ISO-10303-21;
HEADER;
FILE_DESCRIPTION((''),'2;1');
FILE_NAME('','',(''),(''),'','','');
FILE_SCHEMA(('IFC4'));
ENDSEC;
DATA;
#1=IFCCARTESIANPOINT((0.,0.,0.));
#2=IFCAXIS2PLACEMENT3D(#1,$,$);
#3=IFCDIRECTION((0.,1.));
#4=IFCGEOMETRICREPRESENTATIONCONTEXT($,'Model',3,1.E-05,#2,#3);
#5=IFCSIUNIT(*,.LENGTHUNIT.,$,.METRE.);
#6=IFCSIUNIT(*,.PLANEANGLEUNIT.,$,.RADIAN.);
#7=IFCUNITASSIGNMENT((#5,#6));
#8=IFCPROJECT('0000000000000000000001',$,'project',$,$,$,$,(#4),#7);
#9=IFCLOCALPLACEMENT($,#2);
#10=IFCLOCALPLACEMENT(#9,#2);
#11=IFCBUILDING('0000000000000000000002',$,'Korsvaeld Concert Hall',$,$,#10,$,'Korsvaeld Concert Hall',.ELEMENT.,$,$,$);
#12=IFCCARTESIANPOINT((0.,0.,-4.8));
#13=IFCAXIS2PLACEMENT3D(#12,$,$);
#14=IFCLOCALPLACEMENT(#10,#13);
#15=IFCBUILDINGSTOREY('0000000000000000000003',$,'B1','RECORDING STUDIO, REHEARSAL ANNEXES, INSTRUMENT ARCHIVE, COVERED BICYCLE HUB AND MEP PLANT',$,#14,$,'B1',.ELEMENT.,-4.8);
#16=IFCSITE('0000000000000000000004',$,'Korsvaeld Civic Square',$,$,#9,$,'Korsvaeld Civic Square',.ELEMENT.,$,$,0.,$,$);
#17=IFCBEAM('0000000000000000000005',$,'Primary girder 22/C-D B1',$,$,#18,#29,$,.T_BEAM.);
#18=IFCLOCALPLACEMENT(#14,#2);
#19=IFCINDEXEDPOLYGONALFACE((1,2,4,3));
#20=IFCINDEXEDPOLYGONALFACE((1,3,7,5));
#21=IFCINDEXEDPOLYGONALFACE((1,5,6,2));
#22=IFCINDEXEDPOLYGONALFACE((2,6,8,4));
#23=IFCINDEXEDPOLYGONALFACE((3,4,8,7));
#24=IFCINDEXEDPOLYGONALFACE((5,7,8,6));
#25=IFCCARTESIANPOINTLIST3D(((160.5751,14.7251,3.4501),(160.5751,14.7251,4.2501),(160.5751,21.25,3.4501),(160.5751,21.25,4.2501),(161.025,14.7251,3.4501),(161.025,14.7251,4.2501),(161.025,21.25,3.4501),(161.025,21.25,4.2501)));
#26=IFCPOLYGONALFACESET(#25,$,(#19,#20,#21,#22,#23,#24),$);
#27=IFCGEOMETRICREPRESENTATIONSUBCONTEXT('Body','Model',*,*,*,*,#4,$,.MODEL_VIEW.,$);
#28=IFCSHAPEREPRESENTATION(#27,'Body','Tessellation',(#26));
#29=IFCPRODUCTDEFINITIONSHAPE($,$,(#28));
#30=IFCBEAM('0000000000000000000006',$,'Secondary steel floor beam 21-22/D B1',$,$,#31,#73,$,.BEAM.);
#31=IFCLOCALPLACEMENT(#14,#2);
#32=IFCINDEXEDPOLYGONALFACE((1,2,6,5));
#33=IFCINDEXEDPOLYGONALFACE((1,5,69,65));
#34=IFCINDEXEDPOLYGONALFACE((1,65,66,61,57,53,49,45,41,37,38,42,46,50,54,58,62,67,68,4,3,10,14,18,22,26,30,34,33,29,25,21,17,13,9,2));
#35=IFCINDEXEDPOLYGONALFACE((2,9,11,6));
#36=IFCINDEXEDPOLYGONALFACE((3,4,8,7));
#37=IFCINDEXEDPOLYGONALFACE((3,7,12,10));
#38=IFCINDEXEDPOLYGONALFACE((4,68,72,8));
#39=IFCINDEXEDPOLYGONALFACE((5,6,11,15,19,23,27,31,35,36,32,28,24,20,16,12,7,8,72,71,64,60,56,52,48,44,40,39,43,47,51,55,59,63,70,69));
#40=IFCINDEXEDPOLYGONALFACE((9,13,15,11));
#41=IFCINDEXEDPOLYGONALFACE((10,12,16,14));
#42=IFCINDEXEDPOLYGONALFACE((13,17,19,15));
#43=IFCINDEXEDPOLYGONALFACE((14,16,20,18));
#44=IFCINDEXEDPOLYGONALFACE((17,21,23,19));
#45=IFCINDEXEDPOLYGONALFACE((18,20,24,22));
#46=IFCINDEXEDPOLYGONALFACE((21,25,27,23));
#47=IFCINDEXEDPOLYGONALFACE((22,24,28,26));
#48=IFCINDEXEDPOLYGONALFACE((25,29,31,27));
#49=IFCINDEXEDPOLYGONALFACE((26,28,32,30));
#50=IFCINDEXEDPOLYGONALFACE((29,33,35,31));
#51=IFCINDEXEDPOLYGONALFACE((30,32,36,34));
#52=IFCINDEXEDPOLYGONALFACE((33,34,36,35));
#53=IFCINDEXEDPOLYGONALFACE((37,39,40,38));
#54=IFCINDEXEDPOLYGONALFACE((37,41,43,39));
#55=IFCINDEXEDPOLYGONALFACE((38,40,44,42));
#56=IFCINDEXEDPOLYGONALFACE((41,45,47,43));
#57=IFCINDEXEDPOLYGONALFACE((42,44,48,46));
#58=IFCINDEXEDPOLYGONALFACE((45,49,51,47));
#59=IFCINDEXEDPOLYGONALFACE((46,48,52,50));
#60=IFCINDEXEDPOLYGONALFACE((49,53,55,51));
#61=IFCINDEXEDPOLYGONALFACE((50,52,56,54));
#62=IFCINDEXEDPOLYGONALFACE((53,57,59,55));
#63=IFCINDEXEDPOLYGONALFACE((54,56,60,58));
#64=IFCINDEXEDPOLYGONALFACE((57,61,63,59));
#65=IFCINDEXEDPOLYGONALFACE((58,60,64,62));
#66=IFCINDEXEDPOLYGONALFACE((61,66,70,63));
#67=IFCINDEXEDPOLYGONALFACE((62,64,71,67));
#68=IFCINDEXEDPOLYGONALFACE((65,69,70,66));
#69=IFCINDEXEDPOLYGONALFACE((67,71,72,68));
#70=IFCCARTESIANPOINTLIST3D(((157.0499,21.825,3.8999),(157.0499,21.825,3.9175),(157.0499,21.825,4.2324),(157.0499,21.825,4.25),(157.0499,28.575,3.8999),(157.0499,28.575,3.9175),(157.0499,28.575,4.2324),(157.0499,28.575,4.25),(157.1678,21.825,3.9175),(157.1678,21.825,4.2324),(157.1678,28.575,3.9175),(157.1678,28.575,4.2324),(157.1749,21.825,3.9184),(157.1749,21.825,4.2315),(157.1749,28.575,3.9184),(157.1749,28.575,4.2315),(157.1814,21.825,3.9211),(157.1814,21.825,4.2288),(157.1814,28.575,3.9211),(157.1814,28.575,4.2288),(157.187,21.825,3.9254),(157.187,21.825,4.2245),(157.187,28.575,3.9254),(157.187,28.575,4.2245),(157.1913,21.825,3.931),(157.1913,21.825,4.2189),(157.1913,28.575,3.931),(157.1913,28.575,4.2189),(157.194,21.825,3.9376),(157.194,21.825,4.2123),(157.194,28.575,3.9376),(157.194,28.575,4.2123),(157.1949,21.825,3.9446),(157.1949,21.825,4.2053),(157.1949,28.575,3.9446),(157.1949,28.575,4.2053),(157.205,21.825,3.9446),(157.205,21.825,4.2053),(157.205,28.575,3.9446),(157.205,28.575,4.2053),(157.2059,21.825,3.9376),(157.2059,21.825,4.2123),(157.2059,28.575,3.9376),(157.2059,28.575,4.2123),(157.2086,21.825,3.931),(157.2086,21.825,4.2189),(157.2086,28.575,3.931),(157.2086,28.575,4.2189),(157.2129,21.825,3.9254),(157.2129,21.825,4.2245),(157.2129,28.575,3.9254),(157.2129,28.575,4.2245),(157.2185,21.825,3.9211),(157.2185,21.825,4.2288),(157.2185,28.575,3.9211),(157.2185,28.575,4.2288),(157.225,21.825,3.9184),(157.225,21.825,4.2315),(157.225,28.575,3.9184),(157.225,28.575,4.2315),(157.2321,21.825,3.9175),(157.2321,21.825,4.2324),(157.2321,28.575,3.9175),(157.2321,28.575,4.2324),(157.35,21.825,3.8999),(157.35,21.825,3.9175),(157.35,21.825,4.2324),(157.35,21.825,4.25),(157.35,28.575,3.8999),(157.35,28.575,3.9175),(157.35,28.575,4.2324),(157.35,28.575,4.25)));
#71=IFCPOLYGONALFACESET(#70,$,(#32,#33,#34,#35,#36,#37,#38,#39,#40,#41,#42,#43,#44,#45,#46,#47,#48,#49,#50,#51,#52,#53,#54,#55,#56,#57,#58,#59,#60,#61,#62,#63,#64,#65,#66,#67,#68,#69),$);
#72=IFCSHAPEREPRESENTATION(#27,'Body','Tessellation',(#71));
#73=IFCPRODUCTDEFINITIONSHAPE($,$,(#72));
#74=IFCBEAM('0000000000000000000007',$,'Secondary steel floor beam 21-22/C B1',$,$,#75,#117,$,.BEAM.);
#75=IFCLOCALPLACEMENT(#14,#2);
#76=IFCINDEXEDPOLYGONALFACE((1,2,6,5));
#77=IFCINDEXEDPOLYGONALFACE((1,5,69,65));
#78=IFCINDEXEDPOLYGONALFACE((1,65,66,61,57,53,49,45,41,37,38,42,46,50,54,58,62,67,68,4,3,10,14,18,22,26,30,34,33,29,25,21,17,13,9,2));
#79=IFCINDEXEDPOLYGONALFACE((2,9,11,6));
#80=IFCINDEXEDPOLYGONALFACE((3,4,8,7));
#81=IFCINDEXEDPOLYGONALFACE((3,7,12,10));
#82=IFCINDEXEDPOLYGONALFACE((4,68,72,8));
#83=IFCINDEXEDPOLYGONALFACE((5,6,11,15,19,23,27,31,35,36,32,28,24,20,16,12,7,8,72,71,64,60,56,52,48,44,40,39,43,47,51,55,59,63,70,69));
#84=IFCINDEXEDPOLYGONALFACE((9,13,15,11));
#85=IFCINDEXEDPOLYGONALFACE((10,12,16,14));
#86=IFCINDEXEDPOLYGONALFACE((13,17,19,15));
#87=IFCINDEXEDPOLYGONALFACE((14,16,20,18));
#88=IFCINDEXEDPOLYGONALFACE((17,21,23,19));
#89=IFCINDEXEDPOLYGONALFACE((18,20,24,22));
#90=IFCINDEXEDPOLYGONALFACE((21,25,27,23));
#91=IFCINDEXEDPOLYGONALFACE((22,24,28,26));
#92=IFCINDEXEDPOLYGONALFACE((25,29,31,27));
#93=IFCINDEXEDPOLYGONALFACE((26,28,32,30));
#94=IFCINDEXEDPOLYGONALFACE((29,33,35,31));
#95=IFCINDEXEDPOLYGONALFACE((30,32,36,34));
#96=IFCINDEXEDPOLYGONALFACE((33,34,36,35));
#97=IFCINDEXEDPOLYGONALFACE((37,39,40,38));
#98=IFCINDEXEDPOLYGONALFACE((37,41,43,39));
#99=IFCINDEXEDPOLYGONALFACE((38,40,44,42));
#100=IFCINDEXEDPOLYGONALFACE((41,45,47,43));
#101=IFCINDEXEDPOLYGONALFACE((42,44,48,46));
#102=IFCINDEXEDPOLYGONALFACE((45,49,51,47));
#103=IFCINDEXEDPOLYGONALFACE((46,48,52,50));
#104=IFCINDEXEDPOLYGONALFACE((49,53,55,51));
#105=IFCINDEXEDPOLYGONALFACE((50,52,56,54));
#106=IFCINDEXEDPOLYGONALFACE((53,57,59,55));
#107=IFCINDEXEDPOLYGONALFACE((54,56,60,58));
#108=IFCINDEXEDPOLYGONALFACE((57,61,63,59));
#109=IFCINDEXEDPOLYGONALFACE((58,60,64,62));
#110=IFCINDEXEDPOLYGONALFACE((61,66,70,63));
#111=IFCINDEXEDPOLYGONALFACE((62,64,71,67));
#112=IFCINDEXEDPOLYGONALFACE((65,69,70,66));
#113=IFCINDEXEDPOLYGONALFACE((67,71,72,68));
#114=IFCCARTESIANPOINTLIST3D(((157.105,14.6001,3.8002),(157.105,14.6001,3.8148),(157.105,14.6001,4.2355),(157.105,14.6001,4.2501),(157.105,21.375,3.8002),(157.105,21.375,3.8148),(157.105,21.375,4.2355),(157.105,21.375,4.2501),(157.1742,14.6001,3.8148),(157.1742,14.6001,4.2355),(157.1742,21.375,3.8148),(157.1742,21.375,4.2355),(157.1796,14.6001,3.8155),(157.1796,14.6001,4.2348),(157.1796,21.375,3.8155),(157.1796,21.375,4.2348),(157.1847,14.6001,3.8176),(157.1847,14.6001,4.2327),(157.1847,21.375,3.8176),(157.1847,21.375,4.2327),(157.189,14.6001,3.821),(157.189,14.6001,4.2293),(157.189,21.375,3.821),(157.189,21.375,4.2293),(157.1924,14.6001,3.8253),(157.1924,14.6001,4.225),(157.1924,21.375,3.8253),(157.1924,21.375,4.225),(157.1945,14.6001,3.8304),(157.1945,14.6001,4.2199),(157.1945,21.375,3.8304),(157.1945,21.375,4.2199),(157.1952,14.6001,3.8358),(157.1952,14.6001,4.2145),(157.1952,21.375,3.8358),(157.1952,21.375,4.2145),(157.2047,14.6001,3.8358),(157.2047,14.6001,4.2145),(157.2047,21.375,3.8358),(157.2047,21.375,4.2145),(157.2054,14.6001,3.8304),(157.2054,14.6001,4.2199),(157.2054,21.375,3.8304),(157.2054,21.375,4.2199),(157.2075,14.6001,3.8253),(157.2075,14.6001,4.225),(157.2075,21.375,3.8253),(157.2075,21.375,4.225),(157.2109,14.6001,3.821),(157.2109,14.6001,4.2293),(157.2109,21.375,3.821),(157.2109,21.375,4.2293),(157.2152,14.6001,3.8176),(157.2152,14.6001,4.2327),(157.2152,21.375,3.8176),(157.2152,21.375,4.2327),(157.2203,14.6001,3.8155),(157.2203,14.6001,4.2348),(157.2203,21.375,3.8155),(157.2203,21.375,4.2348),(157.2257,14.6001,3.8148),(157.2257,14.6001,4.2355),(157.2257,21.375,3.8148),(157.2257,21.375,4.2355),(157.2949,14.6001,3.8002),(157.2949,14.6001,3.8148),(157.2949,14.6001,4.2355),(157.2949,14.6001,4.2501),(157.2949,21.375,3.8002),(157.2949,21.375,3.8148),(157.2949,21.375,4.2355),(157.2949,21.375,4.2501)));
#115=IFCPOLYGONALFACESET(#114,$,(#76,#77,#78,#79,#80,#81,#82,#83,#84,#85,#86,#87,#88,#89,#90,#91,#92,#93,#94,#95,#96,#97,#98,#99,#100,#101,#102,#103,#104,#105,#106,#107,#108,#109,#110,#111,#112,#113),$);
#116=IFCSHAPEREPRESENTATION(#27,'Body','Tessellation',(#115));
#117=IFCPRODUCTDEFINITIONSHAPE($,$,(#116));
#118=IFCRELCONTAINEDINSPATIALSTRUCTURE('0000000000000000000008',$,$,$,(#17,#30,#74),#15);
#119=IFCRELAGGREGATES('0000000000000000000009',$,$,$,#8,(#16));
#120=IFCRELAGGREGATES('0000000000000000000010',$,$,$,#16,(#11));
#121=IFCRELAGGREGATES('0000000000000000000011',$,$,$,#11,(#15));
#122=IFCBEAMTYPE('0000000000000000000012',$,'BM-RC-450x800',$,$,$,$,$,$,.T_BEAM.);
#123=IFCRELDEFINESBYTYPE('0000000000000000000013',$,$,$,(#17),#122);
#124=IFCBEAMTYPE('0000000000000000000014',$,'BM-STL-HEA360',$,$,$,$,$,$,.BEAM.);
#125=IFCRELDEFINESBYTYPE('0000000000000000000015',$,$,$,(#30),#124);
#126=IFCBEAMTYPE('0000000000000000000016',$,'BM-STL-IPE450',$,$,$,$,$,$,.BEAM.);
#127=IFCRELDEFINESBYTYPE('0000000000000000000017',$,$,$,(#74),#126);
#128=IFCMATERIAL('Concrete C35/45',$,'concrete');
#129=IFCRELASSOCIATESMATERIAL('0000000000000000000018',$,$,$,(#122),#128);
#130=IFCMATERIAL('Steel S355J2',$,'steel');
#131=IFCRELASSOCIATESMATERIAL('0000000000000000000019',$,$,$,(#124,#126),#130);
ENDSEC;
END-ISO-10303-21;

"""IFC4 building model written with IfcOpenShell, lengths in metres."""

from ifc_helpers import new_model, si_unit, direction, frame, origin, origin_2d, place, context, subcontext, project, spatial, rectangle, i_section, extrude, material, material_profile, profile_set, type_object, element, save


model = new_model("IFC4")

# Units and contexts
model_context = context("Model", 3, precision=1e-05, world=origin(), true_north=direction((0.0, 1.0)))
body_context = subcontext(model_context, "Body", "Model", "MODEL_VIEW")
ifc_project = project(units=[si_unit("LENGTHUNIT", "METRE"), si_unit("PLANEANGLEUNIT", "RADIAN")], contexts=[model_context])

# Site, building, storey
site_placement = place(None, origin())
site = spatial("IfcSite", under=ifc_project, at=site_placement, Name="Korsvaeld Civic Square", LongName="Korsvaeld Civic Square", CompositionType="ELEMENT", RefElevation=0.0)
building_placement = place(site_placement, origin())
building = spatial("IfcBuilding", under=site, at=building_placement, Name="Korsvaeld Concert Hall", LongName="Korsvaeld Concert Hall", CompositionType="ELEMENT")
storey_placement = place(building_placement, frame((0.0, 0.0, -4.8)))
storey = spatial("IfcBuildingStorey", under=building, at=storey_placement, Name="B1", Description="RECORDING STUDIO, REHEARSAL ANNEXES, INSTRUMENT ARCHIVE, COVERED BICYCLE HUB AND MEP PLANT", LongName="B1", CompositionType="ELEMENT", Elevation=-4.8)

# Shared definitions
ifc_material_1 = material(Name="Concrete C35/45", Category="concrete")

# Beams
ifc_material_profile_1 = material_profile(ifc_material_1, rectangle(XDim=0.45, YDim=0.8, at=origin_2d()), Name="RC 450x800")
ifc_profile_set_1 = profile_set([ifc_material_profile_1], Name="Concrete C35/45")
beam_type_1 = type_object("IfcBeamType", Name="BM-RC-450x800", PredefinedType="T_BEAM", material=ifc_profile_set_1)
beam_1_placement = place(storey_placement, frame((160.8, 14.7251, 3.8501), z_axis=(0.0, 1.0, 0.0), x_axis=(-1.0, 0.0, 0.0)))
element("IfcBeam", 1, at=beam_1_placement, inside=storey, type_object=beam_type_1, Name="Primary girder 22/C-D B1", PredefinedType="T_BEAM", context=body_context, shape_type="SweptSolid", body=[
    extrude(rectangle(XDim=0.45, YDim=0.8, at=origin_2d()), origin(), (0.0, 0.0, 1.0), 6.5249),
])
ifc_material_2 = material(Name="Steel S355J2", Category="steel")
ifc_material_profile_2 = material_profile(ifc_material_2, i_section(OverallWidth=0.3, OverallDepth=0.3501, WebThickness=0.01, FlangeThickness=0.0176, FilletRadius=0.0271, at=origin_2d()), Name="HEA 360")
ifc_profile_set_2 = profile_set([ifc_material_profile_2], Name="Steel S355J2")
beam_type_2 = type_object("IfcBeamType", Name="BM-STL-HEA360", PredefinedType="BEAM", material=ifc_profile_set_2)
beam_2_placement = place(storey_placement, frame((157.2, 21.825, 4.075), z_axis=(0.0, 1.0, 0.0), x_axis=(-1.0, 0.0, 0.0)))
element("IfcBeam", 2, at=beam_2_placement, inside=storey, type_object=beam_type_2, Name="Secondary steel floor beam 21-22/D B1", PredefinedType="BEAM", context=body_context, shape_type="SweptSolid", body=[
    extrude(i_section(OverallWidth=0.3, OverallDepth=0.3501, WebThickness=0.01, FlangeThickness=0.0176, FilletRadius=0.0271, at=origin_2d()), origin(), (0.0, 0.0, 1.0), 6.75),
])
ifc_material_profile_3 = material_profile(ifc_material_2, i_section(OverallWidth=0.1899, OverallDepth=0.45, WebThickness=0.0095, FlangeThickness=0.0146, FilletRadius=0.021, at=origin_2d()), Name="IPE 450")
ifc_profile_set_3 = profile_set([ifc_material_profile_3], Name="Steel S355J2")
beam_type_3 = type_object("IfcBeamType", Name="BM-STL-IPE450", PredefinedType="BEAM", material=ifc_profile_set_3)
beam_3_placement = place(storey_placement, frame((157.2, 14.6001, 4.0251), z_axis=(0.0, 1.0, 0.0), x_axis=(-1.0, 0.0, 0.0)))
element("IfcBeam", 3, at=beam_3_placement, inside=storey, type_object=beam_type_3, Name="Secondary steel floor beam 21-22/C B1", PredefinedType="BEAM", context=body_context, shape_type="SweptSolid", body=[
    extrude(i_section(OverallWidth=0.1899, OverallDepth=0.45, WebThickness=0.0095, FlangeThickness=0.0146, FilletRadius=0.021, at=origin_2d()), origin(), (0.0, 0.0, 1.0), 6.7749),
])

save(model, "model.ifc")
